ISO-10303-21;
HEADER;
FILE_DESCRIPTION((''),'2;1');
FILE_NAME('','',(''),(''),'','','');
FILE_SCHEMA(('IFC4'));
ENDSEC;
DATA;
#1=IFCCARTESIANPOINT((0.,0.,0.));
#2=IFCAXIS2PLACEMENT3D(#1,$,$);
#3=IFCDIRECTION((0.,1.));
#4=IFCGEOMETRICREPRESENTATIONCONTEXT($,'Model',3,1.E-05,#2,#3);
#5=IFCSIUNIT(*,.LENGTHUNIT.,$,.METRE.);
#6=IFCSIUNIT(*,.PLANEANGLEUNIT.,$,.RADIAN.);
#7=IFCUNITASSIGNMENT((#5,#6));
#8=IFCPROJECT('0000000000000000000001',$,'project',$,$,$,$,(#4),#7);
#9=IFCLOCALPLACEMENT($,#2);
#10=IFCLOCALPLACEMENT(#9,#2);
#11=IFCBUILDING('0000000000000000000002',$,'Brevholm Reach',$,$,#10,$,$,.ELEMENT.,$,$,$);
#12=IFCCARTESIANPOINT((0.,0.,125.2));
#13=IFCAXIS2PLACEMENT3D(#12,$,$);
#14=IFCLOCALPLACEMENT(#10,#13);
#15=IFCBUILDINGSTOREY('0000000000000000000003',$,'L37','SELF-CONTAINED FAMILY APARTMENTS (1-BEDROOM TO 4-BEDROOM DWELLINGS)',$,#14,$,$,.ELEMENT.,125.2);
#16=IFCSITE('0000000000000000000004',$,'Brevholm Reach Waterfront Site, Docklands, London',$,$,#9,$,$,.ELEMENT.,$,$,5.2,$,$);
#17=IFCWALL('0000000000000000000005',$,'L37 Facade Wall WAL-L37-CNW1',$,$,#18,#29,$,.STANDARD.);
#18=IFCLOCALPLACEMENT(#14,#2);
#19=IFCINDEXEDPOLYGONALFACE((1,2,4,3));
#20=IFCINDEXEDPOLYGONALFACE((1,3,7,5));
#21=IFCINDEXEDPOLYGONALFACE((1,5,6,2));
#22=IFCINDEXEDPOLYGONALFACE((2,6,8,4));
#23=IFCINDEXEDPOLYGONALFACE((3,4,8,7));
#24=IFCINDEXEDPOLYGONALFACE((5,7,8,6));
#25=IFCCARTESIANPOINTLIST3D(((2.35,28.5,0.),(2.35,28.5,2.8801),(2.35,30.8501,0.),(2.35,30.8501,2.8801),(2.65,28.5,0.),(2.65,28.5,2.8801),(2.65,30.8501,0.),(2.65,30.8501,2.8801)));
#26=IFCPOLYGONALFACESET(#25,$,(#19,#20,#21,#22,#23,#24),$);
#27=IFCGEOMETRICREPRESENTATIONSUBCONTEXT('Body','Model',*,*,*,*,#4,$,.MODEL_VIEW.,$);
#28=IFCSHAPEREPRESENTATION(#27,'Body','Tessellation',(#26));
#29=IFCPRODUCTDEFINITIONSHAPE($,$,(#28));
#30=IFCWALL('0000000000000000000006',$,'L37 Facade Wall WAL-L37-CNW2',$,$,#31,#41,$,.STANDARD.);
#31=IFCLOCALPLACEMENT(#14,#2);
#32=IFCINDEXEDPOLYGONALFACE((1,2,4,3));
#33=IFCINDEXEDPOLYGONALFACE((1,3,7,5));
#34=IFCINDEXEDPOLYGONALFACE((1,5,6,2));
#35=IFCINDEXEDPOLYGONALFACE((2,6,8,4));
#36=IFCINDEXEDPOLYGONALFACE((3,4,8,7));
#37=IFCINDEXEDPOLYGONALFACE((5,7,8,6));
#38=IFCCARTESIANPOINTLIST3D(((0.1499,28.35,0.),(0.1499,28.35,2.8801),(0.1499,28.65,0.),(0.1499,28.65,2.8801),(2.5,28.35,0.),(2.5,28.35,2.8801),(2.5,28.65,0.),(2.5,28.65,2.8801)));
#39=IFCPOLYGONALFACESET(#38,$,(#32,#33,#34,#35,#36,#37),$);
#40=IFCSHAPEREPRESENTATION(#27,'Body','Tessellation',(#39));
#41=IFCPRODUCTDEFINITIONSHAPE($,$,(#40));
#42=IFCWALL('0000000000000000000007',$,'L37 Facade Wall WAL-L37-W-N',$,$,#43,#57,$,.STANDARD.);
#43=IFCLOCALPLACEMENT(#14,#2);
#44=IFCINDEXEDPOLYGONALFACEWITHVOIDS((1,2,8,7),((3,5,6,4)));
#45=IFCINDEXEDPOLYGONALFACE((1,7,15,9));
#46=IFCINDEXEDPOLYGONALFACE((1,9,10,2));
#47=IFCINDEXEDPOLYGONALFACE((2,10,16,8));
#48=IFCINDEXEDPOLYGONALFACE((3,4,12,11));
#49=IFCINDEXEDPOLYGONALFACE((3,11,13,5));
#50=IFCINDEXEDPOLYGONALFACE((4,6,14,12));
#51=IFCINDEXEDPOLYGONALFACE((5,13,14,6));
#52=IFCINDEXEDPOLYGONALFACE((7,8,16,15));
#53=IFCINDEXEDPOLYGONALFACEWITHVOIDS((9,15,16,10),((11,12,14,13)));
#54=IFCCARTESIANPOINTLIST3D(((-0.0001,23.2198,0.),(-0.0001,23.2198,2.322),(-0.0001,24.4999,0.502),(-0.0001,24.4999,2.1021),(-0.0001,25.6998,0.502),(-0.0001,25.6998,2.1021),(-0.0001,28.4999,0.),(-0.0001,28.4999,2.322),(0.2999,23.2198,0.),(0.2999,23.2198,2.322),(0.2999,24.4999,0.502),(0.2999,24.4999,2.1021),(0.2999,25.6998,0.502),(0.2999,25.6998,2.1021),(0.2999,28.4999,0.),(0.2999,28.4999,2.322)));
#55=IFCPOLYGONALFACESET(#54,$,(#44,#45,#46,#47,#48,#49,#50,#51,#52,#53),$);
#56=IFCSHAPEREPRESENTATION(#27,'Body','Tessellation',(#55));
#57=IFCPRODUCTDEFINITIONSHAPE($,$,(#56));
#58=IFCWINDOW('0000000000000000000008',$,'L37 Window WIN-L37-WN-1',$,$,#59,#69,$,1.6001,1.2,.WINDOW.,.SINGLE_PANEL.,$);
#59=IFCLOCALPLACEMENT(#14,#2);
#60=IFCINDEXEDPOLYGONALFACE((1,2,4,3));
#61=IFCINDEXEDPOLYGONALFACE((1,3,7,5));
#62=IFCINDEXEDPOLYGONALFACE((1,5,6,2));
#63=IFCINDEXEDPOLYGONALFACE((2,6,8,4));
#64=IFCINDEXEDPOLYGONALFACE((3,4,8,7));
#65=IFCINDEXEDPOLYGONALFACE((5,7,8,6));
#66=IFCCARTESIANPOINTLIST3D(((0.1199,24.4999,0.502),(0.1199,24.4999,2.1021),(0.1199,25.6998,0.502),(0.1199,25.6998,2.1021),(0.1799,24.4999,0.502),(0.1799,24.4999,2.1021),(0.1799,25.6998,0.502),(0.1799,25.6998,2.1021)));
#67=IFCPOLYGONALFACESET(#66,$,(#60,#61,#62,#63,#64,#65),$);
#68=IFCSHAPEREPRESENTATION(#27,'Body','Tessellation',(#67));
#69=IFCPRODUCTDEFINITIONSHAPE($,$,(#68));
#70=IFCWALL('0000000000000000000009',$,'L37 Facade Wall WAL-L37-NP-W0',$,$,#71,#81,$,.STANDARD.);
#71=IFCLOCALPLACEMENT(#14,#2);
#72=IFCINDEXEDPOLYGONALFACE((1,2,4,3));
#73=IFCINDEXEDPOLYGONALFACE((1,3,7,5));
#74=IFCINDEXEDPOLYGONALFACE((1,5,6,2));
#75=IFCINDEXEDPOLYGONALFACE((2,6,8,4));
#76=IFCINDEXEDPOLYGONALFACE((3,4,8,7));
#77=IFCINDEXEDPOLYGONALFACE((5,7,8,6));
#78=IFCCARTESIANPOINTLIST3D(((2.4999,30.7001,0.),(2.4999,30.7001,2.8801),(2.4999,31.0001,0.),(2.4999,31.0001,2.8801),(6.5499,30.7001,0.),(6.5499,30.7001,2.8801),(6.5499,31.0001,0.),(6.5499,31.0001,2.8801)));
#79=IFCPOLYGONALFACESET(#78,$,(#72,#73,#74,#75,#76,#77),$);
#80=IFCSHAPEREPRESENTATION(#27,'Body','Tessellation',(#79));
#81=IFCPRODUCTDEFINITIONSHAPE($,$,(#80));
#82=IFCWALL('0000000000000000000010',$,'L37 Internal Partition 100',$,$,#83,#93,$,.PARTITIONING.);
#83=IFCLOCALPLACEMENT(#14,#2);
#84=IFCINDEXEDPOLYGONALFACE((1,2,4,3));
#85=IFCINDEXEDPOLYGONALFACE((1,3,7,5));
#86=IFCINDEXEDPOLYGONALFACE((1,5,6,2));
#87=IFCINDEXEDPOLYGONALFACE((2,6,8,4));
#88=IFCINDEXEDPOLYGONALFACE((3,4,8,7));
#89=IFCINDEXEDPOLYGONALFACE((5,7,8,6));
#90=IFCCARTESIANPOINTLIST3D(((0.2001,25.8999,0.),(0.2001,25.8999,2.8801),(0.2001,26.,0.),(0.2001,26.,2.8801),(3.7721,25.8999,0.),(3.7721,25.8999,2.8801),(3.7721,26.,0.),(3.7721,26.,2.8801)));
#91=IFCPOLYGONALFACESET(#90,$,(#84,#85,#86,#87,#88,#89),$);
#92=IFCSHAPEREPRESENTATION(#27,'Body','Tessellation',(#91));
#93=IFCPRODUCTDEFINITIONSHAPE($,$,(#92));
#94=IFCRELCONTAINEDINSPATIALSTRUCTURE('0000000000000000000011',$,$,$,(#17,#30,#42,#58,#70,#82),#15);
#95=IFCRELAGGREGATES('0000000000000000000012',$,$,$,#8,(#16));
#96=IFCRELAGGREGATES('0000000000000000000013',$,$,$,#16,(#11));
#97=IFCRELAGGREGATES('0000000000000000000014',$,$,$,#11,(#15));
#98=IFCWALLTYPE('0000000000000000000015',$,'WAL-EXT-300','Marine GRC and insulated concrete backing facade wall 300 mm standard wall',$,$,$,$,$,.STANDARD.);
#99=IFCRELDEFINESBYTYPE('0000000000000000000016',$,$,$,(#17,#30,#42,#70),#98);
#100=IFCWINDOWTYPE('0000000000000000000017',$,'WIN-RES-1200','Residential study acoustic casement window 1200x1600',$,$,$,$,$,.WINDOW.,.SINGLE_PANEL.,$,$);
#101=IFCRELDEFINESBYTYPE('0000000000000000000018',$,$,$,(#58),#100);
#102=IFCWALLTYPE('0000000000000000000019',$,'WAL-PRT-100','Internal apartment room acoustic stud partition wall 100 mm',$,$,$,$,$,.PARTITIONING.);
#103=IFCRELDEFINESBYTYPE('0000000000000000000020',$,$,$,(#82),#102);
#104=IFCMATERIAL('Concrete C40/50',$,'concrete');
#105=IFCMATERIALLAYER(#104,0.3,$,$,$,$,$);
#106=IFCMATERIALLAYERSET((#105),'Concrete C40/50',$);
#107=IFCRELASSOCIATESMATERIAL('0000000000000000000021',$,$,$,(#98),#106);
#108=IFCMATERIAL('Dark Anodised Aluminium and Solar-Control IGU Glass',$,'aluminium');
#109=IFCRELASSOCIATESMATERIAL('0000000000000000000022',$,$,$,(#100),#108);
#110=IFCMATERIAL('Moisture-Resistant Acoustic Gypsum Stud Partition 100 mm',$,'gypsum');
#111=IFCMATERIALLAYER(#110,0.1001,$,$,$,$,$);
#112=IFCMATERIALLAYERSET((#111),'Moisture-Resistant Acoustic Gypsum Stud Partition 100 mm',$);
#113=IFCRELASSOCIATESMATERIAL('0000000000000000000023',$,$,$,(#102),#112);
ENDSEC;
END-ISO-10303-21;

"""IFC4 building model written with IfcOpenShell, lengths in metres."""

from ifc_helpers import new_model, si_unit, direction, frame, frame_2d, origin, place, context, subcontext, project, spatial, rectangle, extrude, material, layer, layer_set, type_object, element, fill, save


model = new_model("IFC4")

# Units and contexts
model_context = context("Model", 3, precision=1e-05, world=origin(), true_north=direction((0.0, 1.0)))
body_context = subcontext(model_context, "Body", "Model", "MODEL_VIEW")
ifc_project = project(units=[si_unit("LENGTHUNIT", "METRE"), si_unit("PLANEANGLEUNIT", "RADIAN")], contexts=[model_context])

# Site, building, storey
site_placement = place(None, origin())
site = spatial("IfcSite", under=ifc_project, at=site_placement, Name="Brevholm Reach Waterfront Site, Docklands, London", CompositionType="ELEMENT", RefElevation=5.2)
building_placement = place(site_placement, origin())
building = spatial("IfcBuilding", under=site, at=building_placement, Name="Brevholm Reach", CompositionType="ELEMENT")
storey_placement = place(building_placement, frame((0.0, 0.0, 125.2)))
storey = spatial("IfcBuildingStorey", under=building, at=storey_placement, Name="L37", Description="SELF-CONTAINED FAMILY APARTMENTS (1-BEDROOM TO 4-BEDROOM DWELLINGS)", CompositionType="ELEMENT", Elevation=125.2)

# Walls
ifc_material_1 = material(Name="Concrete C40/50", Category="concrete")
ifc_layer_1 = layer(ifc_material_1, 0.3)
ifc_layer_set_1 = layer_set([ifc_layer_1], Name="Concrete C40/50")
wall_type_1 = type_object("IfcWallType", Name="WAL-EXT-300", Description="Marine GRC and insulated concrete backing facade wall 300 mm standard wall", PredefinedType="STANDARD", material=ifc_layer_set_1)
for number, where, z_axis, x_axis, name in (
    (1, (2.5, 30.8501, 0.0), (0.0, 0.0, 1.0), (0.0, -1.0, 0.0), "L37 Facade Wall WAL-L37-CNW1"),
    (2, (2.5, 28.5, 0.0), (0.0, 0.0, 1.0), (-1.0, 0.0, 0.0), "L37 Facade Wall WAL-L37-CNW2"),
):
    element("IfcWall", number, at=place(storey_placement, frame(where, z_axis=z_axis, x_axis=x_axis)), inside=storey, type_object=wall_type_1, Name=name, PredefinedType="STANDARD", context=body_context, shape_type="SweptSolid", body=[
        extrude(rectangle(XDim=2.3501, YDim=0.3, at=frame_2d((1.175, 0.0))), origin(), (0.0, 0.0, 1.0), 2.8801),
    ])

# Wall, opening, window
wall_1_placement = place(storey_placement, frame((0.1499, 28.5, 0.0), z_axis=(0.0, 0.0, 1.0), x_axis=(0.0, -1.0, 0.0)))
wall_1 = element("IfcWall", 3, at=wall_1_placement, inside=storey, type_object=wall_type_1, Name="L37 Facade Wall WAL-L37-W-N", PredefinedType="STANDARD", context=body_context, shape_type="SweptSolid", body=[
    extrude(rectangle(XDim=5.28, YDim=0.3, at=frame_2d((2.6401, 0.0))), origin(), (0.0, 0.0, 1.0), 2.322),
])
opening_placement = place(wall_1_placement, frame((2.8, 0.0, 0.502)))
opening = element("IfcOpeningElement", 4, at=opening_placement, cuts=wall_1, PredefinedType="OPENING", context=body_context, shape_type="SweptSolid", body=[
    extrude(rectangle(XDim=1.2, YDim=1.6001, at=frame_2d((0.6001, 0.8))), frame((0.0, 0.1599, 0.0), z_axis=(0.0, -1.0, 0.0), x_axis=(1.0, 0.0, 0.0)), (0.0, 0.0, 1.0), 0.3201),
])
ifc_material_2 = material(Name="Dark Anodised Aluminium and Solar-Control IGU Glass", Category="aluminium")
window_type = type_object("IfcWindowType", Name="WIN-RES-1200", Description="Residential study acoustic casement window 1200x1600", PartitioningType="SINGLE_PANEL", PredefinedType="WINDOW", material=ifc_material_2)
window_placement = place(opening_placement, origin())
window = element("IfcWindow", 5, at=window_placement, inside=storey, type_object=window_type, Name="L37 Window WIN-L37-WN-1", OverallHeight=1.6001, OverallWidth=1.2, PartitioningType="SINGLE_PANEL", PredefinedType="WINDOW", context=body_context, shape_type="SweptSolid", body=[
    extrude(rectangle(XDim=1.2, YDim=1.6001, at=frame_2d((0.6001, 0.8))), frame((0.0, 0.03, 0.0), z_axis=(0.0, -1.0, 0.0), x_axis=(1.0, 0.0, 0.0)), (0.0, 0.0, 1.0), 0.0601),
])
fill(opening, window)

# Walls
wall_2_placement = place(storey_placement, frame((2.5, 30.8501, 0.0), z_axis=(0.0, 0.0, 1.0), x_axis=(1.0, 0.0, 0.0)))
element("IfcWall", 6, at=wall_2_placement, inside=storey, type_object=wall_type_1, Name="L37 Facade Wall WAL-L37-NP-W0", PredefinedType="STANDARD", context=body_context, shape_type="SweptSolid", body=[
    extrude(rectangle(XDim=4.05, YDim=0.3, at=frame_2d((2.0249, 0.0))), origin(), (0.0, 0.0, 1.0), 2.8801),
])
ifc_material_3 = material(Name="Moisture-Resistant Acoustic Gypsum Stud Partition 100 mm", Category="gypsum")
ifc_layer_2 = layer(ifc_material_3, 0.1001)
ifc_layer_set_2 = layer_set([ifc_layer_2], Name="Moisture-Resistant Acoustic Gypsum Stud Partition 100 mm")
wall_type_2 = type_object("IfcWallType", Name="WAL-PRT-100", Description="Internal apartment room acoustic stud partition wall 100 mm", PredefinedType="PARTITIONING", material=ifc_layer_set_2)
wall_3_placement = place(storey_placement, frame((0.2, 25.95, 0.0), z_axis=(0.0, 0.0, 1.0), x_axis=(1.0, 0.0, 0.0)))
element("IfcWall", 7, at=wall_3_placement, inside=storey, type_object=wall_type_2, Name="L37 Internal Partition 100", PredefinedType="PARTITIONING", context=body_context, shape_type="SweptSolid", body=[
    extrude(rectangle(XDim=3.572, YDim=0.1001, at=frame_2d((1.7861, 0.0))), origin(), (0.0, 0.0, 1.0), 2.8801),
])

save(model, "model.ifc")
